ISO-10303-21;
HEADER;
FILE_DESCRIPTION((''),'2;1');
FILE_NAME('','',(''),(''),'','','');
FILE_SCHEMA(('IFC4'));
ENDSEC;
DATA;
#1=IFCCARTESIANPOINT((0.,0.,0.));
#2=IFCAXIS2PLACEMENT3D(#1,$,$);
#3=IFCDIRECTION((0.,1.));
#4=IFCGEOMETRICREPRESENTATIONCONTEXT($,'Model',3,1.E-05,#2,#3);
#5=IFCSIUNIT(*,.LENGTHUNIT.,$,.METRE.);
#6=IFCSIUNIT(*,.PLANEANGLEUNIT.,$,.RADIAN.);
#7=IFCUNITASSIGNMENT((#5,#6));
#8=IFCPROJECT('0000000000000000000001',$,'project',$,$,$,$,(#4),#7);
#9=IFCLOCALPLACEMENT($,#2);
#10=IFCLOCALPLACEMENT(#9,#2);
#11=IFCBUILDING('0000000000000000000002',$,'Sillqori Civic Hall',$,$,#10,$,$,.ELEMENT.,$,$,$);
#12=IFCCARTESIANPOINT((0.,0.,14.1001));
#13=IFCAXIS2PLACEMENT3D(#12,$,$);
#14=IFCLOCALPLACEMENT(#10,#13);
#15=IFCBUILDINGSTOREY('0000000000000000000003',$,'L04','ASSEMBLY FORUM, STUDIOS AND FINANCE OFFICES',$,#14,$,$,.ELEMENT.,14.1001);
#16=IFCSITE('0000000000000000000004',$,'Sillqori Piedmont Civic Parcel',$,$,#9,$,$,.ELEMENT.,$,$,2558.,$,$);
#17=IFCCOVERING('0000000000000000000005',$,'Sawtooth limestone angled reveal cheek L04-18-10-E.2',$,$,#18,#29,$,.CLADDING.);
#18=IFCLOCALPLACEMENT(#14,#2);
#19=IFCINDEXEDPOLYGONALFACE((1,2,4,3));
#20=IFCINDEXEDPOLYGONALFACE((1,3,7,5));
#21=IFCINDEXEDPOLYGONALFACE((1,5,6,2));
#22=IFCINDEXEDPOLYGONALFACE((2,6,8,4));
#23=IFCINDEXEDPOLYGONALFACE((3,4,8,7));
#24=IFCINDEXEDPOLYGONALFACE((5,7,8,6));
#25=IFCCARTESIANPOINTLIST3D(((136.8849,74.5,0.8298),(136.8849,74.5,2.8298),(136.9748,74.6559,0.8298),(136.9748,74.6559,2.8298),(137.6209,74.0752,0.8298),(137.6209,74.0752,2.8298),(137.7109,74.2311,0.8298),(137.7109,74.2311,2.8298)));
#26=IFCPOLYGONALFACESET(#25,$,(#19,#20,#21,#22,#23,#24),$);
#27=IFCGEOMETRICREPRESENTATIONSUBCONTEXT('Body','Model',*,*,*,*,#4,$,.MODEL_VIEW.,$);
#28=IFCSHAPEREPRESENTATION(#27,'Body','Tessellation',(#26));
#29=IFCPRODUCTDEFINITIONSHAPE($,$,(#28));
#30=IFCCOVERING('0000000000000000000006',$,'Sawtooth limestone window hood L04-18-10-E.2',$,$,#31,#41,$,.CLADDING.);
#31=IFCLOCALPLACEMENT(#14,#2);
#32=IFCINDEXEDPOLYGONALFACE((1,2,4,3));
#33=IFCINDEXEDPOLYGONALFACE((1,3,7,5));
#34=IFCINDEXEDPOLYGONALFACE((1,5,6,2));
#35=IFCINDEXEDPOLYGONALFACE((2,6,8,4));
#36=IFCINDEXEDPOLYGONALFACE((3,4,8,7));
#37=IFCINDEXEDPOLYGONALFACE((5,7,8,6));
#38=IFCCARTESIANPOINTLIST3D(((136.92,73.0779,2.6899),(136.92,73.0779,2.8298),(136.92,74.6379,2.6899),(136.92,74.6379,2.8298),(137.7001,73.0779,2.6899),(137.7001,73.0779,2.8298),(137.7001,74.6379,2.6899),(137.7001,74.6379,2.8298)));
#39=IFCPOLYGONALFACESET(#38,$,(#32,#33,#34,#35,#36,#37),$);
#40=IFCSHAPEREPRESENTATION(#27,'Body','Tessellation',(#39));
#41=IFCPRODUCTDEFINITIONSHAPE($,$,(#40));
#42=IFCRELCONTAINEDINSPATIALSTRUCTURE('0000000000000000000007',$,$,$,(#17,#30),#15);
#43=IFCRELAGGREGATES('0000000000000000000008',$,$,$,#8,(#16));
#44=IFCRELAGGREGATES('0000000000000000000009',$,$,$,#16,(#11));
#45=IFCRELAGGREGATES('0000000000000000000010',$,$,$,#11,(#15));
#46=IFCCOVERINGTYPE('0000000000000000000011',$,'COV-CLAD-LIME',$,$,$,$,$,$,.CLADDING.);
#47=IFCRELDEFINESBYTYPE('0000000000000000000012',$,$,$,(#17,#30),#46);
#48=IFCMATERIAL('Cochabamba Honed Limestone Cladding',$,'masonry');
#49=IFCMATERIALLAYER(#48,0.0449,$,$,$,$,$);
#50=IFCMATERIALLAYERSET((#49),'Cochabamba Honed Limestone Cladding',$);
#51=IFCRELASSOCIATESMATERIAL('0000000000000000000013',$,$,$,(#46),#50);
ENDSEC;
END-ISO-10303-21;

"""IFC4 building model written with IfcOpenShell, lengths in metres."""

from ifc_helpers import new_model, si_unit, direction, frame, frame_2d, origin, place, context, subcontext, project, spatial, rectangle, extrude, material, layer, layer_set, type_object, element, save


model = new_model("IFC4")

# Units and contexts
model_context = context("Model", 3, precision=1e-05, world=origin(), true_north=direction((0.0, 1.0)))
body_context = subcontext(model_context, "Body", "Model", "MODEL_VIEW")
ifc_project = project(units=[si_unit("LENGTHUNIT", "METRE"), si_unit("PLANEANGLEUNIT", "RADIAN")], contexts=[model_context])

# Site, building, storey
site_placement = place(None, origin())
site = spatial("IfcSite", under=ifc_project, at=site_placement, Name="Sillqori Piedmont Civic Parcel", CompositionType="ELEMENT", RefElevation=2558.0)
building_placement = place(site_placement, origin())
building = spatial("IfcBuilding", under=site, at=building_placement, Name="Sillqori Civic Hall", CompositionType="ELEMENT")
storey_placement = place(building_placement, frame((0.0, 0.0, 14.1001)))
storey = spatial("IfcBuildingStorey", under=building, at=storey_placement, Name="L04", Description="ASSEMBLY FORUM, STUDIOS AND FINANCE OFFICES", CompositionType="ELEMENT", Elevation=14.1001)

# Coverings
ifc_material_1 = material(Name="Cochabamba Honed Limestone Cladding", Category="masonry")
ifc_layer_1 = layer(ifc_material_1, 0.0449)
ifc_layer_set_1 = layer_set([ifc_layer_1], Name="Cochabamba Honed Limestone Cladding")
covering_type = type_object("IfcCoveringType", Name="COV-CLAD-LIME", PredefinedType="CLADDING", material=ifc_layer_set_1)
covering_1_placement = place(storey_placement, frame((136.9299, 74.5779, 0.8298), z_axis=(0.0, 0.0, 1.0), x_axis=(0.866114, -0.499847, 0.0)))
element("IfcCovering", 1, at=covering_1_placement, inside=storey, type_object=covering_type, Name="Sawtooth limestone angled reveal cheek L04-18-10-E.2", PredefinedType="CLADDING", context=body_context, shape_type="SweptSolid", body=[
    extrude(rectangle(XDim=0.8499, YDim=0.1799, at=frame_2d((0.4248, 0.0))), origin(), (0.0, 0.0, 1.0), 2.0),
])
covering_2_placement = place(storey_placement, frame((137.3101, 74.6379, 2.6899), z_axis=(0.0, 0.0, 1.0), x_axis=(0.0, -1.0, 0.0)))
element("IfcCovering", 2, at=covering_2_placement, inside=storey, type_object=covering_type, Name="Sawtooth limestone window hood L04-18-10-E.2", PredefinedType="CLADDING", context=body_context, shape_type="SweptSolid", body=[
    extrude(rectangle(XDim=1.5601, YDim=0.78, at=frame_2d((0.78, 0.0))), origin(), (0.0, 0.0, 1.0), 0.1399),
])

save(model, "model.ifc")
